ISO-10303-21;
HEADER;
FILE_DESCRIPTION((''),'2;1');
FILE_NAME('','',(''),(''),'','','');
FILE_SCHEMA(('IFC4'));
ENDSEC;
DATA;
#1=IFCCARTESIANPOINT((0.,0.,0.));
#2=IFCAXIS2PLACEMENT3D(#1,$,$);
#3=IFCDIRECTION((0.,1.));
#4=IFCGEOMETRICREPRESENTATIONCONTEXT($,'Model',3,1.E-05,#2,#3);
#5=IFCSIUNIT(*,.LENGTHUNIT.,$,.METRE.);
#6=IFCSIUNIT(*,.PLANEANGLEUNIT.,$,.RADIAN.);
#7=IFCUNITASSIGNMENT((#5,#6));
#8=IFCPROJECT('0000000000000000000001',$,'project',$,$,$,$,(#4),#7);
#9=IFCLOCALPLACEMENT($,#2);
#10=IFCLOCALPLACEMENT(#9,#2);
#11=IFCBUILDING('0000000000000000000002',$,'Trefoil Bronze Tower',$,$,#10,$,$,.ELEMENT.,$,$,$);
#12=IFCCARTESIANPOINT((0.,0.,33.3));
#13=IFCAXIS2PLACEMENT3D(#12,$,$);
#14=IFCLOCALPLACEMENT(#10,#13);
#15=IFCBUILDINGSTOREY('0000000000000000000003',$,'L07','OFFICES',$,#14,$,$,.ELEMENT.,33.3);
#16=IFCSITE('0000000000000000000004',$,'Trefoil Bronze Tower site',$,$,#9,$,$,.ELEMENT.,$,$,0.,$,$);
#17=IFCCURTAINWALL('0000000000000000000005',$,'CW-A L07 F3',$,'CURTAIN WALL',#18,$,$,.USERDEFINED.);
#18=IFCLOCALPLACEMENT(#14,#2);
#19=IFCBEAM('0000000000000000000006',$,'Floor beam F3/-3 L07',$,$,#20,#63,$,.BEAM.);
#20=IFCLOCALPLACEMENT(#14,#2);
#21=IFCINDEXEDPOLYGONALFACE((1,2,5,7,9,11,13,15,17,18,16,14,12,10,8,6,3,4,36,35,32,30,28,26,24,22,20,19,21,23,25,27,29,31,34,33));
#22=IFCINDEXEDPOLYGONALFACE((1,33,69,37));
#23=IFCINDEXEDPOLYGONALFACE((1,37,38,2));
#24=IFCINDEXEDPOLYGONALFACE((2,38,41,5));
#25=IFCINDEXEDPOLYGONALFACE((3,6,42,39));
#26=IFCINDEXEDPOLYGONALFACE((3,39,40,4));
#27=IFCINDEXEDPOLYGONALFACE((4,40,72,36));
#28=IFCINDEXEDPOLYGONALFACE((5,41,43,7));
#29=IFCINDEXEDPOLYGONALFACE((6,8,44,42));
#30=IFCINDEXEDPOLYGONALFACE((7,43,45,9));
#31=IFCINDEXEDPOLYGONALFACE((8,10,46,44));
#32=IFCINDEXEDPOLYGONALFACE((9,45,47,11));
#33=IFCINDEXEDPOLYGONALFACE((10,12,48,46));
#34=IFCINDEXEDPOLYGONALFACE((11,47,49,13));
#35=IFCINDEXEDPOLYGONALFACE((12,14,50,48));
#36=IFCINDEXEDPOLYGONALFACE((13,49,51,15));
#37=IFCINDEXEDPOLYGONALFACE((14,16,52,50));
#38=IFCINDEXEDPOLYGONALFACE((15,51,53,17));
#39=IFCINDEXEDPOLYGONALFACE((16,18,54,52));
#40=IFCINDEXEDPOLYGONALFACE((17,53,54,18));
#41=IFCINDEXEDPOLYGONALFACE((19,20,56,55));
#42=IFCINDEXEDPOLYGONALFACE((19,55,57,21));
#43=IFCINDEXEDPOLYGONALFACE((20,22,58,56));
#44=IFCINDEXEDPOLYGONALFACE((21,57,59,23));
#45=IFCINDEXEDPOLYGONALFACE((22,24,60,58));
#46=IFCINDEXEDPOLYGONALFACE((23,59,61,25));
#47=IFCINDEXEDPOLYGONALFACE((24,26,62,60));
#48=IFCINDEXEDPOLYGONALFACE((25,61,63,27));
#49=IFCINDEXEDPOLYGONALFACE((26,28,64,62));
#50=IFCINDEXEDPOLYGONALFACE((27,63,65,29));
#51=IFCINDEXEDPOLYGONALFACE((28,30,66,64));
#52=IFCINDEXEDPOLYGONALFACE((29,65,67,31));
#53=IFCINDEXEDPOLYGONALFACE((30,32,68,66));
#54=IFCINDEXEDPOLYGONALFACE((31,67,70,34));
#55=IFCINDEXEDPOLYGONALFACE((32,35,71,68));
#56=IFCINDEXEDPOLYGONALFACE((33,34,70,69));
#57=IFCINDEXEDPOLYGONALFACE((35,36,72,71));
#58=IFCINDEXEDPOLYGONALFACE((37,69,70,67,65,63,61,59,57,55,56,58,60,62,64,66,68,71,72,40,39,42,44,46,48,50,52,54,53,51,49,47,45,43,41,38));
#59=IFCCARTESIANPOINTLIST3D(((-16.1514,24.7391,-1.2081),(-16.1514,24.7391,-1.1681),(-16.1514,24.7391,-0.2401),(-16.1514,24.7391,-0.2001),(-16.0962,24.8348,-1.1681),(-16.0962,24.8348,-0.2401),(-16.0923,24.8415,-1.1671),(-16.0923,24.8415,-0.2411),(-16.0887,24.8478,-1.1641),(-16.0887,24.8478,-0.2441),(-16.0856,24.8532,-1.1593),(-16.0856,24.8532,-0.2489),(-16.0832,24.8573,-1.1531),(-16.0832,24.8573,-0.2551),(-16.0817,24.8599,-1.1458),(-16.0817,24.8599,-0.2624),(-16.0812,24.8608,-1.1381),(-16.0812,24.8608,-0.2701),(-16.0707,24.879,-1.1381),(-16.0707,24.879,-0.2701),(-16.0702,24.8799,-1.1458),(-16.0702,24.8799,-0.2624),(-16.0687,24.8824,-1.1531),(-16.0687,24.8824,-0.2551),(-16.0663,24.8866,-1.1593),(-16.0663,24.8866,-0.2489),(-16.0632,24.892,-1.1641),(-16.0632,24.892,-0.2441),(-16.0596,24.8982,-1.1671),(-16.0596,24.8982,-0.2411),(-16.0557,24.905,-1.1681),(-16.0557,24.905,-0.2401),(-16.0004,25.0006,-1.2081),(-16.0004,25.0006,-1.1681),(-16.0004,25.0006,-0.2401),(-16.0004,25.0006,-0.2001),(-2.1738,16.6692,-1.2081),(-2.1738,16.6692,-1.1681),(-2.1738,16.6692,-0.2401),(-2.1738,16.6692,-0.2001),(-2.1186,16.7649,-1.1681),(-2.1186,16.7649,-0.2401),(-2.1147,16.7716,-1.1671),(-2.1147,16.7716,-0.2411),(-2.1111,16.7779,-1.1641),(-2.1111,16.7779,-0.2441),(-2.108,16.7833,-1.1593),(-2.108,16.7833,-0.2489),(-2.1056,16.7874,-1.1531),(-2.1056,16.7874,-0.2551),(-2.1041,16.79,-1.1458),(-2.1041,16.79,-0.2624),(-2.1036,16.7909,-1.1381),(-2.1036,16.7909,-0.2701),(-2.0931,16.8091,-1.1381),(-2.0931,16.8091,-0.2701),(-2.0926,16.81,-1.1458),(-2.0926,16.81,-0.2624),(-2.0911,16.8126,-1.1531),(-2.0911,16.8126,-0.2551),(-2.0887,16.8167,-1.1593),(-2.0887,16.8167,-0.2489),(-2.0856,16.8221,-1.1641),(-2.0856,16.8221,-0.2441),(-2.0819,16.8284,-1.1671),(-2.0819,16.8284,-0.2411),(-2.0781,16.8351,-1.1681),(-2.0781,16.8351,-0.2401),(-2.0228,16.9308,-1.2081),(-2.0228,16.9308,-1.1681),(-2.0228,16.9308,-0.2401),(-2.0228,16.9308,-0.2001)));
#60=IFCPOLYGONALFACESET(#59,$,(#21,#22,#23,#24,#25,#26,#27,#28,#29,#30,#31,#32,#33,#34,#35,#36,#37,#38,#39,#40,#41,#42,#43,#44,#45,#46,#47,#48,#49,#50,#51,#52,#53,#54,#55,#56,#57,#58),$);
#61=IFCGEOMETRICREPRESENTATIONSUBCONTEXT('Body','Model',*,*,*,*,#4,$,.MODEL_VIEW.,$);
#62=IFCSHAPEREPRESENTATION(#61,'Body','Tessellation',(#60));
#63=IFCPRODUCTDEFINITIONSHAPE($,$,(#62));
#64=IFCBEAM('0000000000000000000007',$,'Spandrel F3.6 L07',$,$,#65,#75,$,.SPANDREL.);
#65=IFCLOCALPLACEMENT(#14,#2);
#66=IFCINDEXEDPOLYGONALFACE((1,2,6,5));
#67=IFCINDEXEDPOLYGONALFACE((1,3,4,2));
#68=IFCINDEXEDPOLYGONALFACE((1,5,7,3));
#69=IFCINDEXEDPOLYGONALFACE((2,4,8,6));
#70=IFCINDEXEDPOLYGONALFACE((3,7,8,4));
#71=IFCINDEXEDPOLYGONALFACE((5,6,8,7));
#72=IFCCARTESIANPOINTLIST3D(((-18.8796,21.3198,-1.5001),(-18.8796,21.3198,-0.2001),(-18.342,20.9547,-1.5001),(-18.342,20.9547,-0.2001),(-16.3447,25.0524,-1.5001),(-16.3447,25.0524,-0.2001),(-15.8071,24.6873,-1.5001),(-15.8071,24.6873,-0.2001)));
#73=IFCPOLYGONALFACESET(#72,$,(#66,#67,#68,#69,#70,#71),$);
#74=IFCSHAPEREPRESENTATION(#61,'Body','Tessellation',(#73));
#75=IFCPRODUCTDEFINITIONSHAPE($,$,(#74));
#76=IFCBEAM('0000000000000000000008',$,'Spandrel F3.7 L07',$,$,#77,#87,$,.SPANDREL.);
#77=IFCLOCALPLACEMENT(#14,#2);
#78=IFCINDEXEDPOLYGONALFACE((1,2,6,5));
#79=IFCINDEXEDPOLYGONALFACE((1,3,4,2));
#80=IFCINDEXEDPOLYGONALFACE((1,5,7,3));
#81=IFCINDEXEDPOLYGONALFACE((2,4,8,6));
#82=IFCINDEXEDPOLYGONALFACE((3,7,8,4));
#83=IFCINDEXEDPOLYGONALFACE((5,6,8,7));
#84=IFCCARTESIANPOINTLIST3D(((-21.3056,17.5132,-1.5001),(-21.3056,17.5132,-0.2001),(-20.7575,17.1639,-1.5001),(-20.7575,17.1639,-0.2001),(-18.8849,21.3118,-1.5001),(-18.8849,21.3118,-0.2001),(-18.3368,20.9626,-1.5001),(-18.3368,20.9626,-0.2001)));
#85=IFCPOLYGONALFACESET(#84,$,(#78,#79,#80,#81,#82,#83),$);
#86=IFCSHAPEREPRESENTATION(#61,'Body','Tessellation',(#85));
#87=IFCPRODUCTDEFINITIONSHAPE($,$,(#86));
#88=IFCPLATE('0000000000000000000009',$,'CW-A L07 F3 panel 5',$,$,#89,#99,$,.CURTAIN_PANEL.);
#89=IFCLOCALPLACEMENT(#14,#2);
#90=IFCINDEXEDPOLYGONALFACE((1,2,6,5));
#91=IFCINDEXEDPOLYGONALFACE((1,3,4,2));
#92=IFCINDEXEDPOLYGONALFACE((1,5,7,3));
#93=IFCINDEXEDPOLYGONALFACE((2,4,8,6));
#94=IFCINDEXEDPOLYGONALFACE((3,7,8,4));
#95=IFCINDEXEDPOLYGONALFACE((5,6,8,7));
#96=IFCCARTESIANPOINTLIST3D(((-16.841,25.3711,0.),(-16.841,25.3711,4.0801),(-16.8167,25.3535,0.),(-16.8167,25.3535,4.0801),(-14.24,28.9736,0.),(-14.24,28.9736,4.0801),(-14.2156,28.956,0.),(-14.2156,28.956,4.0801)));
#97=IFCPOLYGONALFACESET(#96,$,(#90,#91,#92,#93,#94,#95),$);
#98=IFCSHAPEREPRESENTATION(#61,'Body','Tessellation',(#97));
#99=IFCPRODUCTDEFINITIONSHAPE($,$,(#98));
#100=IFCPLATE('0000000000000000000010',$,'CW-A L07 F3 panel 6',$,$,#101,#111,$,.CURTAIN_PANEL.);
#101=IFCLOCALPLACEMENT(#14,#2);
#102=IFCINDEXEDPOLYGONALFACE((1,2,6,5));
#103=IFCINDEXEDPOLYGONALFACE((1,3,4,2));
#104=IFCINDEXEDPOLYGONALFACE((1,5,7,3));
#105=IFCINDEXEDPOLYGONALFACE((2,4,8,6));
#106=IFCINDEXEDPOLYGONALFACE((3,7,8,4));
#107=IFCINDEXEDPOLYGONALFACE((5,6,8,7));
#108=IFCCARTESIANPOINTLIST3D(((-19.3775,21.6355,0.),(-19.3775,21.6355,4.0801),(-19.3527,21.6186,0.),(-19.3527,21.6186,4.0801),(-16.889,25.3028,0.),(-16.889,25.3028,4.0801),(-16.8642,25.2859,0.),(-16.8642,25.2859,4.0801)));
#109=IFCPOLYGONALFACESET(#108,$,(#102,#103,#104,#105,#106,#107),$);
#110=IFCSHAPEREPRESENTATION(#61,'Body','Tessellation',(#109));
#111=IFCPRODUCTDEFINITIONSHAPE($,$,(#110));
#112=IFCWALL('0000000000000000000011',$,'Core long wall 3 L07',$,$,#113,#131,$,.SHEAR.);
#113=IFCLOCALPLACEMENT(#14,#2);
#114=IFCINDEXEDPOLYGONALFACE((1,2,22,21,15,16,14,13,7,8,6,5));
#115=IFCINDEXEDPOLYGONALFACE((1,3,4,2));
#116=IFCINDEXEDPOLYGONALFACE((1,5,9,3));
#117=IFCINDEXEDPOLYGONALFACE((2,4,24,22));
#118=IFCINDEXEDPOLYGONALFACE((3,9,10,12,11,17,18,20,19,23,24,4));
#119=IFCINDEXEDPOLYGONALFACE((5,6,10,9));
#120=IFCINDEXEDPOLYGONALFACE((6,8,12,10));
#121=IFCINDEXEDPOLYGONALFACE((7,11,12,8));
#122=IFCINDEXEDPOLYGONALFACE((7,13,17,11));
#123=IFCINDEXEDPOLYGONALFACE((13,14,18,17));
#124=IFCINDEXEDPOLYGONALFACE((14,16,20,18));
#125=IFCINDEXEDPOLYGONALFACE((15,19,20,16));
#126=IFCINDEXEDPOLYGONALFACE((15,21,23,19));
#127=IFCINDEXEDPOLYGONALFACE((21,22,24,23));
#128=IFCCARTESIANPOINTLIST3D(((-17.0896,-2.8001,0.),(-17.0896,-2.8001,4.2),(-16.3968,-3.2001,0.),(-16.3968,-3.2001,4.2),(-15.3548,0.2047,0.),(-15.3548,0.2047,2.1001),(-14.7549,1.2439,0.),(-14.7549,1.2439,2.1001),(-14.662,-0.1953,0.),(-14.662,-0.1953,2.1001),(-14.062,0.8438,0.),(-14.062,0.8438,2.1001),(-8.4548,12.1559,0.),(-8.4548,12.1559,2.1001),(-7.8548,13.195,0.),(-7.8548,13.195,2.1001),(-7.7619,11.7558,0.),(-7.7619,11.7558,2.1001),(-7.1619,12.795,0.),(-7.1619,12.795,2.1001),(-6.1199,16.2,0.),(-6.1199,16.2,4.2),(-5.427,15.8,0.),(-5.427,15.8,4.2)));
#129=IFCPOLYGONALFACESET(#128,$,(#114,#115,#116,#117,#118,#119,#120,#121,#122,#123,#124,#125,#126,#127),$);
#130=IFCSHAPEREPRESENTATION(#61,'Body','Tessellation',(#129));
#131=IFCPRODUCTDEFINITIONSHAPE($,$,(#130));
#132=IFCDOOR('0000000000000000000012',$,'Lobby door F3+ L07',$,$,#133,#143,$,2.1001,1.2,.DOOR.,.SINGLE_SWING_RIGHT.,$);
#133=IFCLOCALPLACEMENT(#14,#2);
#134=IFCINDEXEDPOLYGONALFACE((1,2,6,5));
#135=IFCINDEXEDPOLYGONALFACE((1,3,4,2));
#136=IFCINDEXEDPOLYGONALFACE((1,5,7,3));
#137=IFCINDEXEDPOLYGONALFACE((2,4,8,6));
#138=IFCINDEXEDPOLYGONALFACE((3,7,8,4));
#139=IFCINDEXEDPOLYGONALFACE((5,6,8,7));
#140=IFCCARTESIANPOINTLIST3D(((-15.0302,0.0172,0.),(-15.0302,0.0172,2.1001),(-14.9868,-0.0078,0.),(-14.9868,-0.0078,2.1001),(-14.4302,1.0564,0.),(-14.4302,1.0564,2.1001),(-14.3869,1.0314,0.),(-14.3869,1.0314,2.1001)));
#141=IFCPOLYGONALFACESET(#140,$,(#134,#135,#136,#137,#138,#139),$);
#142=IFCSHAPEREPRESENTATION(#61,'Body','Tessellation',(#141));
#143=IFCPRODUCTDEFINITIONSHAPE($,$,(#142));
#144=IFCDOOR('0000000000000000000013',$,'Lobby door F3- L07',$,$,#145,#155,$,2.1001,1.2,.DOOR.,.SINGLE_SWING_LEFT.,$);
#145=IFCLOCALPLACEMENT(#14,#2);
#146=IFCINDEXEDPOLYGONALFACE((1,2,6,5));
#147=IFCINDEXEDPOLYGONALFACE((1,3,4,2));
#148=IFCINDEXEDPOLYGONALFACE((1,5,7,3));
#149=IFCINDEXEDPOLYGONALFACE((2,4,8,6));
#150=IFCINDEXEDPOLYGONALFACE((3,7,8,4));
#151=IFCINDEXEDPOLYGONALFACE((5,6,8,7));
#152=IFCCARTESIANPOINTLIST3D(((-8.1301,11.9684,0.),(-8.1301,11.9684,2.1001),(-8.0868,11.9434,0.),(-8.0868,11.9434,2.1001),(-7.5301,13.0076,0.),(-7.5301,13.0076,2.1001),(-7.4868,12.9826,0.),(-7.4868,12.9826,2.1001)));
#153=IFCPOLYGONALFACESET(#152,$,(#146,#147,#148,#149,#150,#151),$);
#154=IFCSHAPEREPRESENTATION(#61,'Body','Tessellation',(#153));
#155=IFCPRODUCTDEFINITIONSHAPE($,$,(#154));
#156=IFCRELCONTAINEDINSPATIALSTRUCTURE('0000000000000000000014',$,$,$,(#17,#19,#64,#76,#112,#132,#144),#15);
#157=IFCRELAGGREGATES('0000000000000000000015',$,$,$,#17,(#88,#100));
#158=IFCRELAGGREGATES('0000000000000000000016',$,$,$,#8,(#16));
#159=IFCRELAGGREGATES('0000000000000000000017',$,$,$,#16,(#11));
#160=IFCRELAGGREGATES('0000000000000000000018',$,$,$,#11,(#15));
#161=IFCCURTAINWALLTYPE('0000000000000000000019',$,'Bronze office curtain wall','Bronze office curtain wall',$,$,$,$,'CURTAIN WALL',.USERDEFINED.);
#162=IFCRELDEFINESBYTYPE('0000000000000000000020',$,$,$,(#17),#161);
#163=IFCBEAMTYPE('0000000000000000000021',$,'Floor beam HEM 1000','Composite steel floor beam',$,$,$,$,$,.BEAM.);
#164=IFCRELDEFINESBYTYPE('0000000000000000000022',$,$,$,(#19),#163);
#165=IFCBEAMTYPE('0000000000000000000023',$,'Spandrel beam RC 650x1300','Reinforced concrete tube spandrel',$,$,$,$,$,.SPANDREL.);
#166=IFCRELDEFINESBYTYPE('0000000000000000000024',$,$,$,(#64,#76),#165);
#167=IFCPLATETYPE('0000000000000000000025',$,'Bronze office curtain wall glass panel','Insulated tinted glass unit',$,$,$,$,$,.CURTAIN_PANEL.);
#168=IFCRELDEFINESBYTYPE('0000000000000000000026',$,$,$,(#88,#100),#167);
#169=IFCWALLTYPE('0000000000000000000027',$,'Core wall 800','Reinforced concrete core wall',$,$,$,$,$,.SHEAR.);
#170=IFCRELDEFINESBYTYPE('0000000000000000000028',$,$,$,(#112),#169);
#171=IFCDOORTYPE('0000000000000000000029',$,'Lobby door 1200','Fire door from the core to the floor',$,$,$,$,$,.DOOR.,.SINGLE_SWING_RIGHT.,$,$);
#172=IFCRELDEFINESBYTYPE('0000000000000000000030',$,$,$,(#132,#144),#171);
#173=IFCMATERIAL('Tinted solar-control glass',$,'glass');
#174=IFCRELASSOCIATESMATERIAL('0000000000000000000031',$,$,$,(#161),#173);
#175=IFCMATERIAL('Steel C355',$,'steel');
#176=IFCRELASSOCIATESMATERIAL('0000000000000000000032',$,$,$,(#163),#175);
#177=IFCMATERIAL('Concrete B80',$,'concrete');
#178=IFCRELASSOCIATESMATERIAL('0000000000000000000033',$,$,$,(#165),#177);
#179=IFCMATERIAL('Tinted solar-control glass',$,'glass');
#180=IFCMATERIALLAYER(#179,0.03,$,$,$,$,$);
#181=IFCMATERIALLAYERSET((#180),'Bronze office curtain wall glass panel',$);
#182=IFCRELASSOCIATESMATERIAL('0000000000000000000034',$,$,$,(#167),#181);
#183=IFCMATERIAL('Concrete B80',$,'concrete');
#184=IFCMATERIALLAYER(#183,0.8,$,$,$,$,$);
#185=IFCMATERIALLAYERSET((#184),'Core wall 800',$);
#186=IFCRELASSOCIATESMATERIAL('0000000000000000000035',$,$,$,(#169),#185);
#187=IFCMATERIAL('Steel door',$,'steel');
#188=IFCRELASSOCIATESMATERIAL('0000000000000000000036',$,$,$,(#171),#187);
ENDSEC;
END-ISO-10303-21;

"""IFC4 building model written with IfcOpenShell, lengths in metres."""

from ifc_helpers import new_model, si_unit, direction, frame, frame_2d, origin, origin_2d, place, context, subcontext, project, spatial, rectangle, i_section, extrude, material, layer, layer_set, material_profile, profile_set, type_object, element, fill, aggregate, save


model = new_model("IFC4")

# Units and contexts
model_context = context("Model", 3, precision=1e-05, world=origin(), true_north=direction((0.0, 1.0)))
body_context = subcontext(model_context, "Body", "Model", "MODEL_VIEW")
ifc_project = project(units=[si_unit("LENGTHUNIT", "METRE"), si_unit("PLANEANGLEUNIT", "RADIAN")], contexts=[model_context])

# Site, building, storey
site_placement = place(None, origin())
site = spatial("IfcSite", under=ifc_project, at=site_placement, Name="Trefoil Bronze Tower site", CompositionType="ELEMENT", RefElevation=0.0)
building_placement = place(site_placement, origin())
building = spatial("IfcBuilding", under=site, at=building_placement, Name="Trefoil Bronze Tower", CompositionType="ELEMENT")
storey_placement = place(building_placement, frame((0.0, 0.0, 33.3)))
storey = spatial("IfcBuildingStorey", under=building, at=storey_placement, Name="L07", Description="OFFICES", CompositionType="ELEMENT", Elevation=33.3)

# Curtain wall
ifc_material_1 = material(Name="Tinted solar-control glass", Category="glass")
curtain_wall_type = type_object("IfcCurtainWallType", Name="Bronze office curtain wall", Description="Bronze office curtain wall", ElementType="CURTAIN WALL", PredefinedType="USERDEFINED", material=ifc_material_1)
curtain_wall_placement = place(storey_placement, origin())
curtain_wall = element("IfcCurtainWall", 1, at=curtain_wall_placement, inside=storey, type_object=curtain_wall_type, Name="CW-A L07 F3", ObjectType="CURTAIN WALL", PredefinedType="USERDEFINED")

# Beams
ifc_material_2 = material(Name="Steel C355", Category="steel")
ifc_material_profile_1 = material_profile(ifc_material_2, i_section(OverallWidth=0.302, OverallDepth=1.0081, WebThickness=0.021, FlangeThickness=0.04, FilletRadius=0.03, at=origin_2d()), Name="HEM 1000")
ifc_profile_set_1 = profile_set([ifc_material_profile_1], Name="Steel C355")
beam_type_1 = type_object("IfcBeamType", Name="Floor beam HEM 1000", Description="Composite steel floor beam", PredefinedType="BEAM", material=ifc_profile_set_1)
beam_1_placement = place(storey_placement, frame((-16.0759, 24.8699, -0.7041), z_axis=(0.866028, -0.499995, 0.0), x_axis=(0.499995, 0.866028, 0.0)))
element("IfcBeam", 2, at=beam_1_placement, inside=storey, type_object=beam_type_1, Name="Floor beam F3/-3 L07", PredefinedType="BEAM", context=body_context, shape_type="SweptSolid", body=[
    extrude(i_section(OverallWidth=0.302, OverallDepth=1.0081, WebThickness=0.021, FlangeThickness=0.04, FilletRadius=0.03, at=origin_2d()), origin(), (0.0, 0.0, 1.0), 16.1399),
])
ifc_material_3 = material(Name="Concrete B80", Category="concrete")
ifc_material_profile_2 = material_profile(ifc_material_3, rectangle(XDim=0.6499, YDim=1.3, at=origin_2d()), Name="RC 650x1300")
ifc_profile_set_2 = profile_set([ifc_material_profile_2], Name="Concrete B80")
beam_type_2 = type_object("IfcBeamType", Name="Spandrel beam RC 650x1300", Description="Reinforced concrete tube spandrel", PredefinedType="SPANDREL", material=ifc_profile_set_2)
beam_2_placement = place(storey_placement, frame((-16.0759, 24.8699, -0.8501), z_axis=(-0.56181, -0.827267, 0.0), x_axis=(0.827267, -0.56181, 0.0)))
element("IfcBeam", 3, at=beam_2_placement, inside=storey, type_object=beam_type_2, Name="Spandrel F3.6 L07", PredefinedType="SPANDREL", context=body_context, shape_type="SweptSolid", body=[
    extrude(rectangle(XDim=0.6499, YDim=1.3, at=origin_2d()), origin(), (0.0, 0.0, 1.0), 4.512),
])
beam_3_placement = place(storey_placement, frame((-18.6108, 21.1372, -0.8501), z_axis=(-0.537408, -0.843322, 0.0), x_axis=(0.843322, -0.537408, 0.0)))
element("IfcBeam", 4, at=beam_3_placement, inside=storey, type_object=beam_type_2, Name="Spandrel F3.7 L07", PredefinedType="SPANDREL", context=body_context, shape_type="SweptSolid", body=[
    extrude(rectangle(XDim=0.6499, YDim=1.3, at=origin_2d()), origin(), (0.0, 0.0, 1.0), 4.5044),
])

# Plates
ifc_material_4 = material(Name="Tinted solar-control glass", Category="glass")
ifc_layer_1 = layer(ifc_material_4, 0.03)
ifc_layer_set_1 = layer_set([ifc_layer_1], Name="Bronze office curtain wall glass panel")
plate_type = type_object("IfcPlateType", Name="Bronze office curtain wall glass panel", Description="Insulated tinted glass unit", PredefinedType="CURTAIN_PANEL", material=ifc_layer_set_1)
plate_1_placement = place(storey_placement, frame((-15.5283, 27.1636, 0.0), z_axis=(0.0, 0.0, 1.0), x_axis=(-0.585373, -0.810764, 0.0)))
plate_1 = element("IfcPlate", 5, at=plate_1_placement, type_object=plate_type, Name="CW-A L07 F3 panel 5", PredefinedType="CURTAIN_PANEL", context=body_context, shape_type="SweptSolid", body=[
    extrude(rectangle(XDim=4.4434, YDim=0.03, at=origin_2d()), origin(), (0.0, 0.0, 1.0), 4.0801),
])
plate_2_placement = place(storey_placement, frame((-18.1208, 23.4607, 0.0), z_axis=(0.0, 0.0, 1.0), x_axis=(-0.56151, -0.82747, 0.0)))
plate_2 = element("IfcPlate", 6, at=plate_2_placement, type_object=plate_type, Name="CW-A L07 F3 panel 6", PredefinedType="CURTAIN_PANEL", context=body_context, shape_type="SweptSolid", body=[
    extrude(rectangle(XDim=4.4319, YDim=0.03, at=origin_2d()), origin(), (0.0, 0.0, 1.0), 4.0801),
])
aggregate(curtain_wall, [plate_1, plate_2])

# Wall, openings, doors
ifc_material_5 = material(Name="Concrete B80", Category="concrete")
ifc_layer_2 = layer(ifc_material_5, 0.8)
ifc_layer_set_2 = layer_set([ifc_layer_2], Name="Core wall 800")
wall_type_1 = type_object("IfcWallType", Name="Core wall 800", Description="Reinforced concrete core wall", PredefinedType="SHEAR", material=ifc_layer_set_2)
wall_1_placement = place(storey_placement, frame((-5.7734, 16.0, 0.0), z_axis=(0.0, 0.0, 1.0), x_axis=(-0.500002, -0.866024, 0.0)))
wall_1 = element("IfcWall", 7, at=wall_1_placement, inside=storey, type_object=wall_type_1, Name="Core long wall 3 L07", PredefinedType="SHEAR", context=body_context, shape_type="SweptSolid", body=[
    extrude(rectangle(XDim=21.9395, YDim=0.8, at=frame_2d((10.9697, 0.0))), origin(), (0.0, 0.0, 1.0), 4.2),
])
opening_1_placement = place(wall_1_placement, frame((17.2698, 0.0, 0.0)))
opening_1 = element("IfcOpeningElement", 8, at=opening_1_placement, cuts=wall_1, PredefinedType="OPENING", context=body_context, shape_type="SweptSolid", body=[
    extrude(rectangle(XDim=1.2, YDim=2.1001, at=frame_2d((0.6001, 1.05))), frame((0.0, 0.4099, 0.0), z_axis=(0.0, -1.0, 0.0), x_axis=(1.0, 0.0, 0.0)), (0.0, 0.0, 1.0), 0.8201),
])
opening_2_placement = place(wall_1_placement, frame((3.4697, 0.0, 0.0)))
opening_2 = element("IfcOpeningElement", 9, at=opening_2_placement, cuts=wall_1, PredefinedType="OPENING", context=body_context, shape_type="SweptSolid", body=[
    extrude(rectangle(XDim=1.2, YDim=2.1001, at=frame_2d((0.6001, 1.05))), frame((0.0, 0.4099, 0.0), z_axis=(0.0, -1.0, 0.0), x_axis=(1.0, 0.0, 0.0)), (0.0, 0.0, 1.0), 0.8201),
])
ifc_material_6 = material(Name="Steel door", Category="steel")
door_type_1 = type_object("IfcDoorType", Name="Lobby door 1200", Description="Fire door from the core to the floor", OperationType="SINGLE_SWING_RIGHT", PredefinedType="DOOR", material=ifc_material_6)
door_1_placement = place(opening_1_placement, origin())
door_1 = element("IfcDoor", 10, at=door_1_placement, inside=storey, type_object=door_type_1, Name="Lobby door F3+ L07", OperationType="SINGLE_SWING_RIGHT", OverallHeight=2.1001, OverallWidth=1.2, PredefinedType="DOOR", context=body_context, shape_type="SweptSolid", body=[
    extrude(rectangle(XDim=1.2, YDim=2.1001, at=frame_2d((0.6001, 1.05))), frame((0.0, 0.0249, 0.0), z_axis=(0.0, -1.0, 0.0), x_axis=(1.0, 0.0, 0.0)), (0.0, 0.0, 1.0), 0.05),
])
fill(opening_1, door_1)
door_2_placement = place(opening_2_placement, origin())
door_2 = element("IfcDoor", 11, at=door_2_placement, inside=storey, type_object=door_type_1, Name="Lobby door F3- L07", OperationType="SINGLE_SWING_LEFT", OverallHeight=2.1001, OverallWidth=1.2, PredefinedType="DOOR", context=body_context, shape_type="SweptSolid", body=[
    extrude(rectangle(XDim=1.2, YDim=2.1001, at=frame_2d((0.6001, 1.05))), frame((0.0, 0.0249, 0.0), z_axis=(0.0, -1.0, 0.0), x_axis=(1.0, 0.0, 0.0)), (0.0, 0.0, 1.0), 0.05),
])
fill(opening_2, door_2)

save(model, "model.ifc")
